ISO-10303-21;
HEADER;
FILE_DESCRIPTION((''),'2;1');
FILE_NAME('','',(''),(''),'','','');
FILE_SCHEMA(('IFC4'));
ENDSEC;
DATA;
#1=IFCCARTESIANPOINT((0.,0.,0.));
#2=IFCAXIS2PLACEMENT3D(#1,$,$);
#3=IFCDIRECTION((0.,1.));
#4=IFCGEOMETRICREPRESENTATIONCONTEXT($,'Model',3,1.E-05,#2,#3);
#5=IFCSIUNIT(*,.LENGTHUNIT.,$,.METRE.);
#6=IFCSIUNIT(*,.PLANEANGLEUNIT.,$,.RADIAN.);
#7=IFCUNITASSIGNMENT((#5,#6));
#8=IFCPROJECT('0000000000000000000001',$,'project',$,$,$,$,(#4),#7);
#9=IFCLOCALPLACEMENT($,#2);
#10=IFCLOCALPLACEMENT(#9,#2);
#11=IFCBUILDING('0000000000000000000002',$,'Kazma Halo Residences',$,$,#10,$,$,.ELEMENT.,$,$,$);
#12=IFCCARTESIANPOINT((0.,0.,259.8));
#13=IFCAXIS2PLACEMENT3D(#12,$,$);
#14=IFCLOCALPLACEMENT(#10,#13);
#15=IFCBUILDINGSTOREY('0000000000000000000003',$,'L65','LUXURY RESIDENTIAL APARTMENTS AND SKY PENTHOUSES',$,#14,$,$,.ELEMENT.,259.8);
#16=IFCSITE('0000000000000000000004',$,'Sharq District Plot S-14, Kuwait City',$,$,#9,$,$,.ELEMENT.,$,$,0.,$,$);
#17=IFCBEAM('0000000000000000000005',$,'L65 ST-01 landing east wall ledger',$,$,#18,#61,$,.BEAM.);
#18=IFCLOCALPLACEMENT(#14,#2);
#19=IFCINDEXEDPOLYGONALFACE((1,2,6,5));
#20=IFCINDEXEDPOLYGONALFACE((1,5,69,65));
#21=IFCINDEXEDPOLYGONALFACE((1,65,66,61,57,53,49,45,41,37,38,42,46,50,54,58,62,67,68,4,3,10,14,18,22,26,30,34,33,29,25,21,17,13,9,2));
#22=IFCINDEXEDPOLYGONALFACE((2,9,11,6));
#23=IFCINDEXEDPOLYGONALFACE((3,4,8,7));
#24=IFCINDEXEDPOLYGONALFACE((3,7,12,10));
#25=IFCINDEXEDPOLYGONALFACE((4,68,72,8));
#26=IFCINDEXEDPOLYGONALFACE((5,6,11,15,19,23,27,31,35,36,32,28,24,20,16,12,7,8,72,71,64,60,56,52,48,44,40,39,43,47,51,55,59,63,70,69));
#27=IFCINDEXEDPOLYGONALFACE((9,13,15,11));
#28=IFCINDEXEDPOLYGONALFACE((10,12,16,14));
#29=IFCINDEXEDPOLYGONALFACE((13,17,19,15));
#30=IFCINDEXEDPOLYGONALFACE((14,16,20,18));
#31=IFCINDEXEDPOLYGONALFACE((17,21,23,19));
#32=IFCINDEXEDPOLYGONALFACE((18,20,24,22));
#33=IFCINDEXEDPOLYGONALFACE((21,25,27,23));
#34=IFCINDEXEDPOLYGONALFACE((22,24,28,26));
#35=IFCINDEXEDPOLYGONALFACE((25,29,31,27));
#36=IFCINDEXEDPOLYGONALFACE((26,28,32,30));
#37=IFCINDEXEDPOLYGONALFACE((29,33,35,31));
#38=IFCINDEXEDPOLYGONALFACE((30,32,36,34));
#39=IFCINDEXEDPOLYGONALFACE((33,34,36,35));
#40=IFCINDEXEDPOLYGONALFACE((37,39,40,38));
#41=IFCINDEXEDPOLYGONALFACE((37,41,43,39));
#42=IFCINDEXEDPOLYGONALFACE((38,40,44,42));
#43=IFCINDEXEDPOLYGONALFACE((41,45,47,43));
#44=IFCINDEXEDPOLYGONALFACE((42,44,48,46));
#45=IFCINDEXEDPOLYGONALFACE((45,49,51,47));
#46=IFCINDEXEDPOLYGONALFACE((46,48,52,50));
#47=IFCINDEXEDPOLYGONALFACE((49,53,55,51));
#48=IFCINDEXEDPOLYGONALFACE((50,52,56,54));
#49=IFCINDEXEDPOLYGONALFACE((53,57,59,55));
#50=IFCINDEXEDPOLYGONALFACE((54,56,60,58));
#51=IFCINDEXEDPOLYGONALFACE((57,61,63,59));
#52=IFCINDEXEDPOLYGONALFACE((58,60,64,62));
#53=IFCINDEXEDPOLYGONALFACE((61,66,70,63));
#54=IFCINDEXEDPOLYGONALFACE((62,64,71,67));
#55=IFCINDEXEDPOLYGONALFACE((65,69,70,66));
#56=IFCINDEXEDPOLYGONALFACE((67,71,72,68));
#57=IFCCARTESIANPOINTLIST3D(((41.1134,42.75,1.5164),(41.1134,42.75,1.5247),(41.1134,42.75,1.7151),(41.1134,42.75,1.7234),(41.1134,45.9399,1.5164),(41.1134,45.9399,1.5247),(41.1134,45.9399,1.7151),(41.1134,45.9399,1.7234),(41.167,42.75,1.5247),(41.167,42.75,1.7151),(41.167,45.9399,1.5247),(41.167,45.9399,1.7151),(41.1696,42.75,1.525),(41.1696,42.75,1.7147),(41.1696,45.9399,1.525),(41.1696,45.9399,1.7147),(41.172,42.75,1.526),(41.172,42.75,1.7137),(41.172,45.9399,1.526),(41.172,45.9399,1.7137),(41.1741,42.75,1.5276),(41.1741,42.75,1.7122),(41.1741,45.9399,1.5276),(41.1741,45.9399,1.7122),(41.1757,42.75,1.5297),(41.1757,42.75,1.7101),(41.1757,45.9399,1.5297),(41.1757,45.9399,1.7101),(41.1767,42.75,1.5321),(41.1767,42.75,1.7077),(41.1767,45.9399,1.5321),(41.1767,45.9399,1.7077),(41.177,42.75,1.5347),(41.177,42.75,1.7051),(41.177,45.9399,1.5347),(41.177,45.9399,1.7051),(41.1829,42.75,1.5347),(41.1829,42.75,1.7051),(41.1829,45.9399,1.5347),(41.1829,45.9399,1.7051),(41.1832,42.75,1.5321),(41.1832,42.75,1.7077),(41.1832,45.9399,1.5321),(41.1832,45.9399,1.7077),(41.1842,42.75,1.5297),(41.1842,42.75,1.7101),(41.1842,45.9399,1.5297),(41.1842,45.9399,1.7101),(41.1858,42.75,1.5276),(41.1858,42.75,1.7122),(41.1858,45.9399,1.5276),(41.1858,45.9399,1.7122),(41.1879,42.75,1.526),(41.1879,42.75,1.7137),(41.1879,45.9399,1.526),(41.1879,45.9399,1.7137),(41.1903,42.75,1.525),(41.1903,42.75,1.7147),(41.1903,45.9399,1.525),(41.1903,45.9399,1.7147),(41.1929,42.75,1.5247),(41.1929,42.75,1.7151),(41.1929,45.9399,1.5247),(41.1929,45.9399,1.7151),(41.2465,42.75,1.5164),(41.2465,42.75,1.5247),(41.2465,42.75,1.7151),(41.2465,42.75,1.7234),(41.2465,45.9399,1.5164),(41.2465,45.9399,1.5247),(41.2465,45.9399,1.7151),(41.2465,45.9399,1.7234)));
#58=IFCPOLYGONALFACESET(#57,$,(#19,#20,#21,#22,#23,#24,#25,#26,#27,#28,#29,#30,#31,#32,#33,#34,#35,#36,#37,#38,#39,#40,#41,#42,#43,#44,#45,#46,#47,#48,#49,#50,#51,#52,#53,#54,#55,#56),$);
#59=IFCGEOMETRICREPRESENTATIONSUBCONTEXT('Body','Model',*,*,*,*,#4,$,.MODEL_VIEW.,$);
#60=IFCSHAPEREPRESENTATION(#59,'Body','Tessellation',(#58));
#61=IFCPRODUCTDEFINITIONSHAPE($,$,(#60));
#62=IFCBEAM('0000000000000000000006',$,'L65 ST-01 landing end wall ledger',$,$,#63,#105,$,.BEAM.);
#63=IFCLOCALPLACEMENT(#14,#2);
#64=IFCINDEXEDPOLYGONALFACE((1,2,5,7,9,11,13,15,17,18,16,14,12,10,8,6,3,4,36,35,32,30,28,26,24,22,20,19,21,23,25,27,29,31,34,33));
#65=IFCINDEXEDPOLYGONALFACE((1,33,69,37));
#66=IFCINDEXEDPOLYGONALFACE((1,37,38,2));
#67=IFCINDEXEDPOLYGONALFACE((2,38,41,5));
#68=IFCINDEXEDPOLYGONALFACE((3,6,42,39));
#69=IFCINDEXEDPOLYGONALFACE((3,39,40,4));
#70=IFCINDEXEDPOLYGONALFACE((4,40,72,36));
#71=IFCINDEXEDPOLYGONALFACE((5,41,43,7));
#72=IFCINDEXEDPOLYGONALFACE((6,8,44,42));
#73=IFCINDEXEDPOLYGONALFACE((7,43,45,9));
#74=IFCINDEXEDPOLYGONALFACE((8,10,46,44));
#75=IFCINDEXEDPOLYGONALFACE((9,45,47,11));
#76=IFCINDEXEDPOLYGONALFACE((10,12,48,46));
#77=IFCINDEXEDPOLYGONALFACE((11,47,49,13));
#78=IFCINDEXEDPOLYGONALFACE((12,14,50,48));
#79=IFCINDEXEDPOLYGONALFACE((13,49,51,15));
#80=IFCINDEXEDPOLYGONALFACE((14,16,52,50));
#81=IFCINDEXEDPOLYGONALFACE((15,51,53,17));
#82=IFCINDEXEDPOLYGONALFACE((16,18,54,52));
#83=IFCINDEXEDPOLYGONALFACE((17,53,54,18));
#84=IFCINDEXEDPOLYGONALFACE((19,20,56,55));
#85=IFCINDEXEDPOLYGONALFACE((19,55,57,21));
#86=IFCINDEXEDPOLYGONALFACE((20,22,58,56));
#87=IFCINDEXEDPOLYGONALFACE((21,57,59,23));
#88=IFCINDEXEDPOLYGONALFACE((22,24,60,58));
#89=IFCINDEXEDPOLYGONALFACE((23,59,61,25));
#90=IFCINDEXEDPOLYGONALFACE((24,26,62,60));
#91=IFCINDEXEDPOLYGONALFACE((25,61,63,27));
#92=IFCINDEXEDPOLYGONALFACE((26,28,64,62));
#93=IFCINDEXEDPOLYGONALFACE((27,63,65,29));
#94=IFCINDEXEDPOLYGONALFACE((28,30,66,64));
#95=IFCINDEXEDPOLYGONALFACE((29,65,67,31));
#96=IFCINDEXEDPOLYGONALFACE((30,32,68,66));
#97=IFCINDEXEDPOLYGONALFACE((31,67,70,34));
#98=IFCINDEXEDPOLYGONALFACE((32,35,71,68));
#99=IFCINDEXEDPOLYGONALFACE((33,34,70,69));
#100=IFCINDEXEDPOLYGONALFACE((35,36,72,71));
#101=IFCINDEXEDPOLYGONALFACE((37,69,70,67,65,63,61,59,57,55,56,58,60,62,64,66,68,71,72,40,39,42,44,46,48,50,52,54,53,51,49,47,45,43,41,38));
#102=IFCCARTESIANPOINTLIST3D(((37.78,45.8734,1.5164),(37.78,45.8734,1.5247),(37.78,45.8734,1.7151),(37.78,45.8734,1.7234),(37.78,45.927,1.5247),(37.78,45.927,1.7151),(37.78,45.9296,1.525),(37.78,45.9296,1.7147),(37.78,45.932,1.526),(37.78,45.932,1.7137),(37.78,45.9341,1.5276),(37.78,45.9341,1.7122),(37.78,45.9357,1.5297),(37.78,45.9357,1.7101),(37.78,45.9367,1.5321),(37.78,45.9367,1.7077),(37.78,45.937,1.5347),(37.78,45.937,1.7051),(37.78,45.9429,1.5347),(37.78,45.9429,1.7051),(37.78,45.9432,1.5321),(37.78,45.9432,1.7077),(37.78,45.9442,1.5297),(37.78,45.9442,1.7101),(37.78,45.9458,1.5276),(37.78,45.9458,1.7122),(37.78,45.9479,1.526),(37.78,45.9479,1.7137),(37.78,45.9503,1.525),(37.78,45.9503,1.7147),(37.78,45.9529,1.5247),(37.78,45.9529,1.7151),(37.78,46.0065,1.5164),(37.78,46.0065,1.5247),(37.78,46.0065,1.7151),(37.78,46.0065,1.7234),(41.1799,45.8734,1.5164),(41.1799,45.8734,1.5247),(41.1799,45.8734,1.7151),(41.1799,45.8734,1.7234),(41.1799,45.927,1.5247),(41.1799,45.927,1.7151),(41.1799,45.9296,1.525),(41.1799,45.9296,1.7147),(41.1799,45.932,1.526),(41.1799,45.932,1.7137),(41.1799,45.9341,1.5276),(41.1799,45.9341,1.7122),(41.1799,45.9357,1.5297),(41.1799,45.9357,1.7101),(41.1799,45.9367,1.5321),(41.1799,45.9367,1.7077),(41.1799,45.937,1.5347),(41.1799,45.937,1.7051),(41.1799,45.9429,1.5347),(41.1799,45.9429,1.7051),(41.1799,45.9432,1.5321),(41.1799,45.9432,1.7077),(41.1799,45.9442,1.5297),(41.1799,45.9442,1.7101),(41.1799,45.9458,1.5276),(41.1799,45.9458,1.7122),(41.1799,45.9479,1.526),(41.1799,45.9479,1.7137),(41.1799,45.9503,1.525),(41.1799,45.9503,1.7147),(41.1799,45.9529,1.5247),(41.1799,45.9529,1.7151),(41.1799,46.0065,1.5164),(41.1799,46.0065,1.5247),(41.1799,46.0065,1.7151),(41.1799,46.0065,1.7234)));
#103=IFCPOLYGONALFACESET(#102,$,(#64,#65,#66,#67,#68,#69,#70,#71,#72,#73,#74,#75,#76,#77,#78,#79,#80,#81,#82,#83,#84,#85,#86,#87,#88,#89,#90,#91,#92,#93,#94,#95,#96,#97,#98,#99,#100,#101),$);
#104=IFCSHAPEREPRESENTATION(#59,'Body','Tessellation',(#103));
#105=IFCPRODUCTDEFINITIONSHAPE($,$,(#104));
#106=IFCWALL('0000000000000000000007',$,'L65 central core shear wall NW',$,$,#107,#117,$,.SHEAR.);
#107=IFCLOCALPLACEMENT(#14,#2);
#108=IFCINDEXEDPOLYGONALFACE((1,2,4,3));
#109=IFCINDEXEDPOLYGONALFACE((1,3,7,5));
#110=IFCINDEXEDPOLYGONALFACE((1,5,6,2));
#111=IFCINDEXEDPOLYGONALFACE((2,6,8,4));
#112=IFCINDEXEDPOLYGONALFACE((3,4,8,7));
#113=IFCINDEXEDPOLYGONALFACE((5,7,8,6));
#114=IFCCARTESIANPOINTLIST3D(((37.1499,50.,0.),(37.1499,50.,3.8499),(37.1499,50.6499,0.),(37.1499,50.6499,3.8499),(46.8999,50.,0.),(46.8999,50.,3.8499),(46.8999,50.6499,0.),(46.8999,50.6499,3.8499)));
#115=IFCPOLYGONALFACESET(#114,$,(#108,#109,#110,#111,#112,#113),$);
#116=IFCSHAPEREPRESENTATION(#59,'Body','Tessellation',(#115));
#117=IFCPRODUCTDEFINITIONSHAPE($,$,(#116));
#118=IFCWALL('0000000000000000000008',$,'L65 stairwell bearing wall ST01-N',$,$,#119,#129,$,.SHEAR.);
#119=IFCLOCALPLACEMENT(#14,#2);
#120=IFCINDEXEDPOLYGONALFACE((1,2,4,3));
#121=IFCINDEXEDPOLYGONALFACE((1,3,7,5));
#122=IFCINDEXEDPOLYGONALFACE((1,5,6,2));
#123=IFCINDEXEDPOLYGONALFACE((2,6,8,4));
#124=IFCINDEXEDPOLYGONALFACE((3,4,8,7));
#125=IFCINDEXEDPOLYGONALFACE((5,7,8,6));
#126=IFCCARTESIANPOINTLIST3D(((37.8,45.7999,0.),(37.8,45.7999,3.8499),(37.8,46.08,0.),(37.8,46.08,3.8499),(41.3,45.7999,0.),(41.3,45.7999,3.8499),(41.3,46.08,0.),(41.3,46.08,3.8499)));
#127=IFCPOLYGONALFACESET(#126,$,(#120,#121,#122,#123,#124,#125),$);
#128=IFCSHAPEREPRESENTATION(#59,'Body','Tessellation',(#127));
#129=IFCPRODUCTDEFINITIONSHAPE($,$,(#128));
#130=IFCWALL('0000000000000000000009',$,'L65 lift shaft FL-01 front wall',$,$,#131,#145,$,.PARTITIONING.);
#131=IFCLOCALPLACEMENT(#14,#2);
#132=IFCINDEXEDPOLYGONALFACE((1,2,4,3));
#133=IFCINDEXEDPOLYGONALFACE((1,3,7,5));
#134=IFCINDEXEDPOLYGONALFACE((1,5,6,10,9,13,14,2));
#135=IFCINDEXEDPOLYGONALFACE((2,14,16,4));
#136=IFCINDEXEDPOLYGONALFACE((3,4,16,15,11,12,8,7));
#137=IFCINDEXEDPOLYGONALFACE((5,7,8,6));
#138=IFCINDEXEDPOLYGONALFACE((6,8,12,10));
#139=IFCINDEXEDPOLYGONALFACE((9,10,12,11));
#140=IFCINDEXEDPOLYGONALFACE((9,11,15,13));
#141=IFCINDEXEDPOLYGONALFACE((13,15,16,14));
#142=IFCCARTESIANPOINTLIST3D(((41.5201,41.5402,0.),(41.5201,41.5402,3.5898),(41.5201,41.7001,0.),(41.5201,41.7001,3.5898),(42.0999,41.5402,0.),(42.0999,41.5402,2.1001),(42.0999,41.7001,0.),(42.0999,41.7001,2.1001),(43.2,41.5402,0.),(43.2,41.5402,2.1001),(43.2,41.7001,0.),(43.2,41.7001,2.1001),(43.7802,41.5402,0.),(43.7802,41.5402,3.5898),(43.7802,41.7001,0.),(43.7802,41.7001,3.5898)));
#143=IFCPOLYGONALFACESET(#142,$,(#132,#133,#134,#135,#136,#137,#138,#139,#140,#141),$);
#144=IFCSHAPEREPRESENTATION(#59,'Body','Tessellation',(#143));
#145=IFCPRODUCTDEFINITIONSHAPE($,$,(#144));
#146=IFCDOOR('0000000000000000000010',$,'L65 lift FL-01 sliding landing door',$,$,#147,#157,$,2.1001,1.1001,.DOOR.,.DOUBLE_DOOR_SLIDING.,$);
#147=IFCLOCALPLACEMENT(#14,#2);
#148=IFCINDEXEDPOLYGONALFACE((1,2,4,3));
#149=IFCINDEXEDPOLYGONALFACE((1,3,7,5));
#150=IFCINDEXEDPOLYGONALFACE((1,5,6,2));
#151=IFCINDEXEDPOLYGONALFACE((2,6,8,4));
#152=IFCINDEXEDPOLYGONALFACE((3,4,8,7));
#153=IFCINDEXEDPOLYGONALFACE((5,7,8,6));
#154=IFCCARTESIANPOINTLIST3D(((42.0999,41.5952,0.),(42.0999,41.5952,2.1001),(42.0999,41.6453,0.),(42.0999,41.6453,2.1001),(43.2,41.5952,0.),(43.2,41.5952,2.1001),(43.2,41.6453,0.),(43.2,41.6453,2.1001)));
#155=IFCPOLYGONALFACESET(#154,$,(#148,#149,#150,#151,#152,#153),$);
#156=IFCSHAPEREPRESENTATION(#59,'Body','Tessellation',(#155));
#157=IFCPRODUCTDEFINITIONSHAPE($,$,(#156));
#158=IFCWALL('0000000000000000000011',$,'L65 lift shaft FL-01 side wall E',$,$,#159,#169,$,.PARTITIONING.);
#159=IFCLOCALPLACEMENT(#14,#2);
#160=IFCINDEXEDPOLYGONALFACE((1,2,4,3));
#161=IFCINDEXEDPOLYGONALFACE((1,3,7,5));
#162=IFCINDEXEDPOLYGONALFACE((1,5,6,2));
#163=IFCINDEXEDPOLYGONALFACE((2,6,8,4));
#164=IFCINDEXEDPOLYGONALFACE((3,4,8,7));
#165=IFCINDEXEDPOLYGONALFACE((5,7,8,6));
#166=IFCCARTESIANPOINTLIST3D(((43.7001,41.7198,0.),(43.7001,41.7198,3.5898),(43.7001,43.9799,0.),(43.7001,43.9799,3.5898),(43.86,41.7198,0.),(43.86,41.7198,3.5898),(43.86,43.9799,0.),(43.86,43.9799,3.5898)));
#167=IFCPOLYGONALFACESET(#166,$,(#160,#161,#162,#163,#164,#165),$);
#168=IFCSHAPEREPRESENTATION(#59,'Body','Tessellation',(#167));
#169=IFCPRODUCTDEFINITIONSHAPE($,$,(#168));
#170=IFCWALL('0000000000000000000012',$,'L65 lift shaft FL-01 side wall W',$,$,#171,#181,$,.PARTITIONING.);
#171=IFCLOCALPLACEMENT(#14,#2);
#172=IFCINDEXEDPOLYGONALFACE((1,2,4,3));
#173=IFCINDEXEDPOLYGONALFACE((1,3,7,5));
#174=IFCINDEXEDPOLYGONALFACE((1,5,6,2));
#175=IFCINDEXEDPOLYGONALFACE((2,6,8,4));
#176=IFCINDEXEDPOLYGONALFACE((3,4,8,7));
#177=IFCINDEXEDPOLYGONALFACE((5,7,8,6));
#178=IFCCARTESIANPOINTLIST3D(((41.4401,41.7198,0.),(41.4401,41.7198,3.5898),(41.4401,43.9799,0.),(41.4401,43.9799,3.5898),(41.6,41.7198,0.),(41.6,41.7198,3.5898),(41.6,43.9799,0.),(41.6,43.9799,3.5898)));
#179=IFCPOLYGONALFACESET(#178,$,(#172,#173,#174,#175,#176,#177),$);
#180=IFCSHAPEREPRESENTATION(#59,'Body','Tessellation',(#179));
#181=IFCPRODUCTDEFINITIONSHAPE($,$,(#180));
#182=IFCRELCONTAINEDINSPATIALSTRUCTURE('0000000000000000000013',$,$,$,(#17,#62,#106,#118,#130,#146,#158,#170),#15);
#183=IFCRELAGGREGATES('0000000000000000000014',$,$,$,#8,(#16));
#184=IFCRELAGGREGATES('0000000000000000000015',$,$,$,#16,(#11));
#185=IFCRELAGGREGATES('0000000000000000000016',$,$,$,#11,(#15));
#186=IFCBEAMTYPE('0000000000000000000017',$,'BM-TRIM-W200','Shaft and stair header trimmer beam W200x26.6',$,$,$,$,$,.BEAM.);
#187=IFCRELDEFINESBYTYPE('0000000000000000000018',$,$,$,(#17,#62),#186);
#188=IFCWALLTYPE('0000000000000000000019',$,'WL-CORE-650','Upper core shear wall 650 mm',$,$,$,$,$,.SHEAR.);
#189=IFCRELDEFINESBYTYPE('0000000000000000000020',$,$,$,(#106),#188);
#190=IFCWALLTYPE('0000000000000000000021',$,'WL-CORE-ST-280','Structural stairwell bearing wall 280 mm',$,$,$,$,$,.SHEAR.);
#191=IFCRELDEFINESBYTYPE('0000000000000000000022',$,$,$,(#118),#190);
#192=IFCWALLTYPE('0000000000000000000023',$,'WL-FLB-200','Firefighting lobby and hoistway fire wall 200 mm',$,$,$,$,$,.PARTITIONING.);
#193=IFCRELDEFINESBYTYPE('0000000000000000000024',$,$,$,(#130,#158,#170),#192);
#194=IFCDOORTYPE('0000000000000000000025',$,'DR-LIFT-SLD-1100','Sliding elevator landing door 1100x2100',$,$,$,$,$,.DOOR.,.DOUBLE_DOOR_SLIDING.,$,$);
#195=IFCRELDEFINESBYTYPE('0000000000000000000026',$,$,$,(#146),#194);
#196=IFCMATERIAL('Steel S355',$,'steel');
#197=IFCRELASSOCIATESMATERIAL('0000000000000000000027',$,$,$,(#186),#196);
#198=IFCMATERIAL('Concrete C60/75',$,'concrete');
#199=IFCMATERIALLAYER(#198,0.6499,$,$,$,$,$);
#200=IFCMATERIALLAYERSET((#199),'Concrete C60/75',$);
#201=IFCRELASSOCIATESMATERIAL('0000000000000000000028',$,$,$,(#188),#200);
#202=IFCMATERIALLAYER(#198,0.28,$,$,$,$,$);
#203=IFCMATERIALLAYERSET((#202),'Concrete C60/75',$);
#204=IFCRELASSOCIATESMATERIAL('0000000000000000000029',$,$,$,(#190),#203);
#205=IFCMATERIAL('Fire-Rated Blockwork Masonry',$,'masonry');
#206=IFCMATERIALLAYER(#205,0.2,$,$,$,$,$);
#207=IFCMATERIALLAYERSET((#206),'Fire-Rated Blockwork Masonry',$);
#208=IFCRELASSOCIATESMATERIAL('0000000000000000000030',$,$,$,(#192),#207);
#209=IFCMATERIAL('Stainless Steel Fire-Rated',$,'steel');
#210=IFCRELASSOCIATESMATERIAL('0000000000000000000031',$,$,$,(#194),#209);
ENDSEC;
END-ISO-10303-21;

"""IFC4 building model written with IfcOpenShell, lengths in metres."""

from ifc_helpers import new_model, si_unit, direction, frame, frame_2d, origin, origin_2d, place, context, subcontext, project, spatial, rectangle, i_section, extrude, material, layer, layer_set, material_profile, profile_set, type_object, element, fill, save


model = new_model("IFC4")

# Units and contexts
model_context = context("Model", 3, precision=1e-05, world=origin(), true_north=direction((0.0, 1.0)))
body_context = subcontext(model_context, "Body", "Model", "MODEL_VIEW")
ifc_project = project(units=[si_unit("LENGTHUNIT", "METRE"), si_unit("PLANEANGLEUNIT", "RADIAN")], contexts=[model_context])

# Site, building, storey
site_placement = place(None, origin())
site = spatial("IfcSite", under=ifc_project, at=site_placement, Name="Sharq District Plot S-14, Kuwait City", CompositionType="ELEMENT", RefElevation=0.0)
building_placement = place(site_placement, origin())
building = spatial("IfcBuilding", under=site, at=building_placement, Name="Kazma Halo Residences", CompositionType="ELEMENT")
storey_placement = place(building_placement, frame((0.0, 0.0, 259.8)))
storey = spatial("IfcBuildingStorey", under=building, at=storey_placement, Name="L65", Description="LUXURY RESIDENTIAL APARTMENTS AND SKY PENTHOUSES", CompositionType="ELEMENT", Elevation=259.8)

# Shared definitions
ifc_material_1 = material(Name="Steel S355", Category="steel")

# Beams
ifc_material_profile_1 = material_profile(ifc_material_1, i_section(OverallWidth=0.1331, OverallDepth=0.207, WebThickness=0.0059, FlangeThickness=0.0083, FilletRadius=0.01, at=origin_2d()), Name="W200x26.6")
ifc_profile_set_1 = profile_set([ifc_material_profile_1], Name="Steel S355")
beam_type_1 = type_object("IfcBeamType", Name="BM-TRIM-W200", Description="Shaft and stair header trimmer beam W200x26.6", PredefinedType="BEAM", material=ifc_profile_set_1)
beam_1_placement = place(storey_placement, frame((41.1799, 42.75, 1.6199), z_axis=(0.0, 1.0, 0.0), x_axis=(-1.0, 0.0, 0.0)))
element("IfcBeam", 1, at=beam_1_placement, inside=storey, type_object=beam_type_1, Name="L65 ST-01 landing east wall ledger", PredefinedType="BEAM", context=body_context, shape_type="SweptSolid", body=[
    extrude(i_section(OverallWidth=0.1331, OverallDepth=0.207, WebThickness=0.0059, FlangeThickness=0.0083, FilletRadius=0.01, at=origin_2d()), origin(), (0.0, 0.0, 1.0), 3.1899),
])
beam_2_placement = place(storey_placement, frame((37.78, 45.9399, 1.6199), z_axis=(1.0, 0.0, 0.0), x_axis=(0.0, 1.0, 0.0)))
element("IfcBeam", 2, at=beam_2_placement, inside=storey, type_object=beam_type_1, Name="L65 ST-01 landing end wall ledger", PredefinedType="BEAM", context=body_context, shape_type="SweptSolid", body=[
    extrude(i_section(OverallWidth=0.1331, OverallDepth=0.207, WebThickness=0.0059, FlangeThickness=0.0083, FilletRadius=0.01, at=origin_2d()), origin(), (0.0, 0.0, 1.0), 3.3999),
])

# Walls
ifc_material_2 = material(Name="Concrete C60/75", Category="concrete")
ifc_layer_1 = layer(ifc_material_2, 0.6499)
ifc_layer_set_1 = layer_set([ifc_layer_1], Name="Concrete C60/75")
wall_type_1 = type_object("IfcWallType", Name="WL-CORE-650", Description="Upper core shear wall 650 mm", PredefinedType="SHEAR", material=ifc_layer_set_1)
wall_1_placement = place(storey_placement, frame((37.1499, 50.325, 0.0), z_axis=(0.0, 0.0, 1.0), x_axis=(1.0, 0.0, 0.0)))
element("IfcWall", 3, at=wall_1_placement, inside=storey, type_object=wall_type_1, Name="L65 central core shear wall NW", PredefinedType="SHEAR", context=body_context, shape_type="SweptSolid", body=[
    extrude(rectangle(XDim=9.75, YDim=0.6499, at=frame_2d((4.875, 0.0))), origin(), (0.0, 0.0, 1.0), 3.8499),
])
ifc_layer_2 = layer(ifc_material_2, 0.28)
ifc_layer_set_2 = layer_set([ifc_layer_2], Name="Concrete C60/75")
wall_type_2 = type_object("IfcWallType", Name="WL-CORE-ST-280", Description="Structural stairwell bearing wall 280 mm", PredefinedType="SHEAR", material=ifc_layer_set_2)
wall_2_placement = place(storey_placement, frame((37.8, 45.9399, 0.0), z_axis=(0.0, 0.0, 1.0), x_axis=(1.0, 0.0, 0.0)))
element("IfcWall", 4, at=wall_2_placement, inside=storey, type_object=wall_type_2, Name="L65 stairwell bearing wall ST01-N", PredefinedType="SHEAR", context=body_context, shape_type="SweptSolid", body=[
    extrude(rectangle(XDim=3.5, YDim=0.28, at=frame_2d((1.75, 0.0))), origin(), (0.0, 0.0, 1.0), 3.8499),
])

# Wall, opening, door
ifc_material_3 = material(Name="Fire-Rated Blockwork Masonry", Category="masonry")
ifc_layer_3 = layer(ifc_material_3, 0.2)
ifc_layer_set_3 = layer_set([ifc_layer_3], Name="Fire-Rated Blockwork Masonry")
wall_type_3 = type_object("IfcWallType", Name="WL-FLB-200", Description="Firefighting lobby and hoistway fire wall 200 mm", PredefinedType="PARTITIONING", material=ifc_layer_set_3)
wall_3_placement = place(storey_placement, frame((43.78, 41.6201, 0.0), z_axis=(0.0, 0.0, 1.0), x_axis=(-1.0, 0.0, 0.0)))
wall_3 = element("IfcWall", 5, at=wall_3_placement, inside=storey, type_object=wall_type_3, Name="L65 lift shaft FL-01 front wall", PredefinedType="PARTITIONING", context=body_context, shape_type="SweptSolid", body=[
    extrude(rectangle(XDim=2.26, YDim=0.1599, at=frame_2d((1.1299, 0.0))), origin(), (0.0, 0.0, 1.0), 3.5898),
])
opening_1_placement = place(wall_3_placement, frame((0.5801, 0.0, 0.0)))
opening_1 = element("IfcOpeningElement", 6, at=opening_1_placement, cuts=wall_3, PredefinedType="OPENING", context=body_context, shape_type="SweptSolid", body=[
    extrude(rectangle(XDim=1.1001, YDim=2.1001, at=frame_2d((0.55, 1.05))), frame((0.0, 0.0898, 0.0), z_axis=(0.0, -1.0, 0.0), x_axis=(1.0, 0.0, 0.0)), (0.0, 0.0, 1.0), 0.1799),
])
ifc_material_4 = material(Name="Stainless Steel Fire-Rated", Category="steel")
door_type_1 = type_object("IfcDoorType", Name="DR-LIFT-SLD-1100", Description="Sliding elevator landing door 1100x2100", OperationType="DOUBLE_DOOR_SLIDING", PredefinedType="DOOR", material=ifc_material_4)
door_1_placement = place(opening_1_placement, origin())
door_1 = element("IfcDoor", 7, at=door_1_placement, inside=storey, type_object=door_type_1, Name="L65 lift FL-01 sliding landing door", OperationType="DOUBLE_DOOR_SLIDING", OverallHeight=2.1001, OverallWidth=1.1001, PredefinedType="DOOR", context=body_context, shape_type="SweptSolid", body=[
    extrude(rectangle(XDim=1.1001, YDim=2.1001, at=frame_2d((0.55, 1.05))), frame((0.0, 0.0249, 0.0), z_axis=(0.0, -1.0, 0.0), x_axis=(1.0, 0.0, 0.0)), (0.0, 0.0, 1.0), 0.05),
])
fill(opening_1, door_1)

# Walls
for number, where, z_axis, x_axis, name in (
    (8, (43.78, 41.72, 0.0), (0.0, 0.0, 1.0), (0.0, 1.0, 0.0), "L65 lift shaft FL-01 side wall E"),
    (9, (41.52, 41.72, 0.0), (0.0, 0.0, 1.0), (0.0, 1.0, 0.0), "L65 lift shaft FL-01 side wall W"),
):
    element("IfcWall", number, at=place(storey_placement, frame(where, z_axis=z_axis, x_axis=x_axis)), inside=storey, type_object=wall_type_3, Name=name, PredefinedType="PARTITIONING", context=body_context, shape_type="SweptSolid", body=[
        extrude(rectangle(XDim=2.26, YDim=0.1599, at=frame_2d((1.1299, 0.0))), origin(), (0.0, 0.0, 1.0), 3.5898),
    ])

save(model, "model.ifc")
